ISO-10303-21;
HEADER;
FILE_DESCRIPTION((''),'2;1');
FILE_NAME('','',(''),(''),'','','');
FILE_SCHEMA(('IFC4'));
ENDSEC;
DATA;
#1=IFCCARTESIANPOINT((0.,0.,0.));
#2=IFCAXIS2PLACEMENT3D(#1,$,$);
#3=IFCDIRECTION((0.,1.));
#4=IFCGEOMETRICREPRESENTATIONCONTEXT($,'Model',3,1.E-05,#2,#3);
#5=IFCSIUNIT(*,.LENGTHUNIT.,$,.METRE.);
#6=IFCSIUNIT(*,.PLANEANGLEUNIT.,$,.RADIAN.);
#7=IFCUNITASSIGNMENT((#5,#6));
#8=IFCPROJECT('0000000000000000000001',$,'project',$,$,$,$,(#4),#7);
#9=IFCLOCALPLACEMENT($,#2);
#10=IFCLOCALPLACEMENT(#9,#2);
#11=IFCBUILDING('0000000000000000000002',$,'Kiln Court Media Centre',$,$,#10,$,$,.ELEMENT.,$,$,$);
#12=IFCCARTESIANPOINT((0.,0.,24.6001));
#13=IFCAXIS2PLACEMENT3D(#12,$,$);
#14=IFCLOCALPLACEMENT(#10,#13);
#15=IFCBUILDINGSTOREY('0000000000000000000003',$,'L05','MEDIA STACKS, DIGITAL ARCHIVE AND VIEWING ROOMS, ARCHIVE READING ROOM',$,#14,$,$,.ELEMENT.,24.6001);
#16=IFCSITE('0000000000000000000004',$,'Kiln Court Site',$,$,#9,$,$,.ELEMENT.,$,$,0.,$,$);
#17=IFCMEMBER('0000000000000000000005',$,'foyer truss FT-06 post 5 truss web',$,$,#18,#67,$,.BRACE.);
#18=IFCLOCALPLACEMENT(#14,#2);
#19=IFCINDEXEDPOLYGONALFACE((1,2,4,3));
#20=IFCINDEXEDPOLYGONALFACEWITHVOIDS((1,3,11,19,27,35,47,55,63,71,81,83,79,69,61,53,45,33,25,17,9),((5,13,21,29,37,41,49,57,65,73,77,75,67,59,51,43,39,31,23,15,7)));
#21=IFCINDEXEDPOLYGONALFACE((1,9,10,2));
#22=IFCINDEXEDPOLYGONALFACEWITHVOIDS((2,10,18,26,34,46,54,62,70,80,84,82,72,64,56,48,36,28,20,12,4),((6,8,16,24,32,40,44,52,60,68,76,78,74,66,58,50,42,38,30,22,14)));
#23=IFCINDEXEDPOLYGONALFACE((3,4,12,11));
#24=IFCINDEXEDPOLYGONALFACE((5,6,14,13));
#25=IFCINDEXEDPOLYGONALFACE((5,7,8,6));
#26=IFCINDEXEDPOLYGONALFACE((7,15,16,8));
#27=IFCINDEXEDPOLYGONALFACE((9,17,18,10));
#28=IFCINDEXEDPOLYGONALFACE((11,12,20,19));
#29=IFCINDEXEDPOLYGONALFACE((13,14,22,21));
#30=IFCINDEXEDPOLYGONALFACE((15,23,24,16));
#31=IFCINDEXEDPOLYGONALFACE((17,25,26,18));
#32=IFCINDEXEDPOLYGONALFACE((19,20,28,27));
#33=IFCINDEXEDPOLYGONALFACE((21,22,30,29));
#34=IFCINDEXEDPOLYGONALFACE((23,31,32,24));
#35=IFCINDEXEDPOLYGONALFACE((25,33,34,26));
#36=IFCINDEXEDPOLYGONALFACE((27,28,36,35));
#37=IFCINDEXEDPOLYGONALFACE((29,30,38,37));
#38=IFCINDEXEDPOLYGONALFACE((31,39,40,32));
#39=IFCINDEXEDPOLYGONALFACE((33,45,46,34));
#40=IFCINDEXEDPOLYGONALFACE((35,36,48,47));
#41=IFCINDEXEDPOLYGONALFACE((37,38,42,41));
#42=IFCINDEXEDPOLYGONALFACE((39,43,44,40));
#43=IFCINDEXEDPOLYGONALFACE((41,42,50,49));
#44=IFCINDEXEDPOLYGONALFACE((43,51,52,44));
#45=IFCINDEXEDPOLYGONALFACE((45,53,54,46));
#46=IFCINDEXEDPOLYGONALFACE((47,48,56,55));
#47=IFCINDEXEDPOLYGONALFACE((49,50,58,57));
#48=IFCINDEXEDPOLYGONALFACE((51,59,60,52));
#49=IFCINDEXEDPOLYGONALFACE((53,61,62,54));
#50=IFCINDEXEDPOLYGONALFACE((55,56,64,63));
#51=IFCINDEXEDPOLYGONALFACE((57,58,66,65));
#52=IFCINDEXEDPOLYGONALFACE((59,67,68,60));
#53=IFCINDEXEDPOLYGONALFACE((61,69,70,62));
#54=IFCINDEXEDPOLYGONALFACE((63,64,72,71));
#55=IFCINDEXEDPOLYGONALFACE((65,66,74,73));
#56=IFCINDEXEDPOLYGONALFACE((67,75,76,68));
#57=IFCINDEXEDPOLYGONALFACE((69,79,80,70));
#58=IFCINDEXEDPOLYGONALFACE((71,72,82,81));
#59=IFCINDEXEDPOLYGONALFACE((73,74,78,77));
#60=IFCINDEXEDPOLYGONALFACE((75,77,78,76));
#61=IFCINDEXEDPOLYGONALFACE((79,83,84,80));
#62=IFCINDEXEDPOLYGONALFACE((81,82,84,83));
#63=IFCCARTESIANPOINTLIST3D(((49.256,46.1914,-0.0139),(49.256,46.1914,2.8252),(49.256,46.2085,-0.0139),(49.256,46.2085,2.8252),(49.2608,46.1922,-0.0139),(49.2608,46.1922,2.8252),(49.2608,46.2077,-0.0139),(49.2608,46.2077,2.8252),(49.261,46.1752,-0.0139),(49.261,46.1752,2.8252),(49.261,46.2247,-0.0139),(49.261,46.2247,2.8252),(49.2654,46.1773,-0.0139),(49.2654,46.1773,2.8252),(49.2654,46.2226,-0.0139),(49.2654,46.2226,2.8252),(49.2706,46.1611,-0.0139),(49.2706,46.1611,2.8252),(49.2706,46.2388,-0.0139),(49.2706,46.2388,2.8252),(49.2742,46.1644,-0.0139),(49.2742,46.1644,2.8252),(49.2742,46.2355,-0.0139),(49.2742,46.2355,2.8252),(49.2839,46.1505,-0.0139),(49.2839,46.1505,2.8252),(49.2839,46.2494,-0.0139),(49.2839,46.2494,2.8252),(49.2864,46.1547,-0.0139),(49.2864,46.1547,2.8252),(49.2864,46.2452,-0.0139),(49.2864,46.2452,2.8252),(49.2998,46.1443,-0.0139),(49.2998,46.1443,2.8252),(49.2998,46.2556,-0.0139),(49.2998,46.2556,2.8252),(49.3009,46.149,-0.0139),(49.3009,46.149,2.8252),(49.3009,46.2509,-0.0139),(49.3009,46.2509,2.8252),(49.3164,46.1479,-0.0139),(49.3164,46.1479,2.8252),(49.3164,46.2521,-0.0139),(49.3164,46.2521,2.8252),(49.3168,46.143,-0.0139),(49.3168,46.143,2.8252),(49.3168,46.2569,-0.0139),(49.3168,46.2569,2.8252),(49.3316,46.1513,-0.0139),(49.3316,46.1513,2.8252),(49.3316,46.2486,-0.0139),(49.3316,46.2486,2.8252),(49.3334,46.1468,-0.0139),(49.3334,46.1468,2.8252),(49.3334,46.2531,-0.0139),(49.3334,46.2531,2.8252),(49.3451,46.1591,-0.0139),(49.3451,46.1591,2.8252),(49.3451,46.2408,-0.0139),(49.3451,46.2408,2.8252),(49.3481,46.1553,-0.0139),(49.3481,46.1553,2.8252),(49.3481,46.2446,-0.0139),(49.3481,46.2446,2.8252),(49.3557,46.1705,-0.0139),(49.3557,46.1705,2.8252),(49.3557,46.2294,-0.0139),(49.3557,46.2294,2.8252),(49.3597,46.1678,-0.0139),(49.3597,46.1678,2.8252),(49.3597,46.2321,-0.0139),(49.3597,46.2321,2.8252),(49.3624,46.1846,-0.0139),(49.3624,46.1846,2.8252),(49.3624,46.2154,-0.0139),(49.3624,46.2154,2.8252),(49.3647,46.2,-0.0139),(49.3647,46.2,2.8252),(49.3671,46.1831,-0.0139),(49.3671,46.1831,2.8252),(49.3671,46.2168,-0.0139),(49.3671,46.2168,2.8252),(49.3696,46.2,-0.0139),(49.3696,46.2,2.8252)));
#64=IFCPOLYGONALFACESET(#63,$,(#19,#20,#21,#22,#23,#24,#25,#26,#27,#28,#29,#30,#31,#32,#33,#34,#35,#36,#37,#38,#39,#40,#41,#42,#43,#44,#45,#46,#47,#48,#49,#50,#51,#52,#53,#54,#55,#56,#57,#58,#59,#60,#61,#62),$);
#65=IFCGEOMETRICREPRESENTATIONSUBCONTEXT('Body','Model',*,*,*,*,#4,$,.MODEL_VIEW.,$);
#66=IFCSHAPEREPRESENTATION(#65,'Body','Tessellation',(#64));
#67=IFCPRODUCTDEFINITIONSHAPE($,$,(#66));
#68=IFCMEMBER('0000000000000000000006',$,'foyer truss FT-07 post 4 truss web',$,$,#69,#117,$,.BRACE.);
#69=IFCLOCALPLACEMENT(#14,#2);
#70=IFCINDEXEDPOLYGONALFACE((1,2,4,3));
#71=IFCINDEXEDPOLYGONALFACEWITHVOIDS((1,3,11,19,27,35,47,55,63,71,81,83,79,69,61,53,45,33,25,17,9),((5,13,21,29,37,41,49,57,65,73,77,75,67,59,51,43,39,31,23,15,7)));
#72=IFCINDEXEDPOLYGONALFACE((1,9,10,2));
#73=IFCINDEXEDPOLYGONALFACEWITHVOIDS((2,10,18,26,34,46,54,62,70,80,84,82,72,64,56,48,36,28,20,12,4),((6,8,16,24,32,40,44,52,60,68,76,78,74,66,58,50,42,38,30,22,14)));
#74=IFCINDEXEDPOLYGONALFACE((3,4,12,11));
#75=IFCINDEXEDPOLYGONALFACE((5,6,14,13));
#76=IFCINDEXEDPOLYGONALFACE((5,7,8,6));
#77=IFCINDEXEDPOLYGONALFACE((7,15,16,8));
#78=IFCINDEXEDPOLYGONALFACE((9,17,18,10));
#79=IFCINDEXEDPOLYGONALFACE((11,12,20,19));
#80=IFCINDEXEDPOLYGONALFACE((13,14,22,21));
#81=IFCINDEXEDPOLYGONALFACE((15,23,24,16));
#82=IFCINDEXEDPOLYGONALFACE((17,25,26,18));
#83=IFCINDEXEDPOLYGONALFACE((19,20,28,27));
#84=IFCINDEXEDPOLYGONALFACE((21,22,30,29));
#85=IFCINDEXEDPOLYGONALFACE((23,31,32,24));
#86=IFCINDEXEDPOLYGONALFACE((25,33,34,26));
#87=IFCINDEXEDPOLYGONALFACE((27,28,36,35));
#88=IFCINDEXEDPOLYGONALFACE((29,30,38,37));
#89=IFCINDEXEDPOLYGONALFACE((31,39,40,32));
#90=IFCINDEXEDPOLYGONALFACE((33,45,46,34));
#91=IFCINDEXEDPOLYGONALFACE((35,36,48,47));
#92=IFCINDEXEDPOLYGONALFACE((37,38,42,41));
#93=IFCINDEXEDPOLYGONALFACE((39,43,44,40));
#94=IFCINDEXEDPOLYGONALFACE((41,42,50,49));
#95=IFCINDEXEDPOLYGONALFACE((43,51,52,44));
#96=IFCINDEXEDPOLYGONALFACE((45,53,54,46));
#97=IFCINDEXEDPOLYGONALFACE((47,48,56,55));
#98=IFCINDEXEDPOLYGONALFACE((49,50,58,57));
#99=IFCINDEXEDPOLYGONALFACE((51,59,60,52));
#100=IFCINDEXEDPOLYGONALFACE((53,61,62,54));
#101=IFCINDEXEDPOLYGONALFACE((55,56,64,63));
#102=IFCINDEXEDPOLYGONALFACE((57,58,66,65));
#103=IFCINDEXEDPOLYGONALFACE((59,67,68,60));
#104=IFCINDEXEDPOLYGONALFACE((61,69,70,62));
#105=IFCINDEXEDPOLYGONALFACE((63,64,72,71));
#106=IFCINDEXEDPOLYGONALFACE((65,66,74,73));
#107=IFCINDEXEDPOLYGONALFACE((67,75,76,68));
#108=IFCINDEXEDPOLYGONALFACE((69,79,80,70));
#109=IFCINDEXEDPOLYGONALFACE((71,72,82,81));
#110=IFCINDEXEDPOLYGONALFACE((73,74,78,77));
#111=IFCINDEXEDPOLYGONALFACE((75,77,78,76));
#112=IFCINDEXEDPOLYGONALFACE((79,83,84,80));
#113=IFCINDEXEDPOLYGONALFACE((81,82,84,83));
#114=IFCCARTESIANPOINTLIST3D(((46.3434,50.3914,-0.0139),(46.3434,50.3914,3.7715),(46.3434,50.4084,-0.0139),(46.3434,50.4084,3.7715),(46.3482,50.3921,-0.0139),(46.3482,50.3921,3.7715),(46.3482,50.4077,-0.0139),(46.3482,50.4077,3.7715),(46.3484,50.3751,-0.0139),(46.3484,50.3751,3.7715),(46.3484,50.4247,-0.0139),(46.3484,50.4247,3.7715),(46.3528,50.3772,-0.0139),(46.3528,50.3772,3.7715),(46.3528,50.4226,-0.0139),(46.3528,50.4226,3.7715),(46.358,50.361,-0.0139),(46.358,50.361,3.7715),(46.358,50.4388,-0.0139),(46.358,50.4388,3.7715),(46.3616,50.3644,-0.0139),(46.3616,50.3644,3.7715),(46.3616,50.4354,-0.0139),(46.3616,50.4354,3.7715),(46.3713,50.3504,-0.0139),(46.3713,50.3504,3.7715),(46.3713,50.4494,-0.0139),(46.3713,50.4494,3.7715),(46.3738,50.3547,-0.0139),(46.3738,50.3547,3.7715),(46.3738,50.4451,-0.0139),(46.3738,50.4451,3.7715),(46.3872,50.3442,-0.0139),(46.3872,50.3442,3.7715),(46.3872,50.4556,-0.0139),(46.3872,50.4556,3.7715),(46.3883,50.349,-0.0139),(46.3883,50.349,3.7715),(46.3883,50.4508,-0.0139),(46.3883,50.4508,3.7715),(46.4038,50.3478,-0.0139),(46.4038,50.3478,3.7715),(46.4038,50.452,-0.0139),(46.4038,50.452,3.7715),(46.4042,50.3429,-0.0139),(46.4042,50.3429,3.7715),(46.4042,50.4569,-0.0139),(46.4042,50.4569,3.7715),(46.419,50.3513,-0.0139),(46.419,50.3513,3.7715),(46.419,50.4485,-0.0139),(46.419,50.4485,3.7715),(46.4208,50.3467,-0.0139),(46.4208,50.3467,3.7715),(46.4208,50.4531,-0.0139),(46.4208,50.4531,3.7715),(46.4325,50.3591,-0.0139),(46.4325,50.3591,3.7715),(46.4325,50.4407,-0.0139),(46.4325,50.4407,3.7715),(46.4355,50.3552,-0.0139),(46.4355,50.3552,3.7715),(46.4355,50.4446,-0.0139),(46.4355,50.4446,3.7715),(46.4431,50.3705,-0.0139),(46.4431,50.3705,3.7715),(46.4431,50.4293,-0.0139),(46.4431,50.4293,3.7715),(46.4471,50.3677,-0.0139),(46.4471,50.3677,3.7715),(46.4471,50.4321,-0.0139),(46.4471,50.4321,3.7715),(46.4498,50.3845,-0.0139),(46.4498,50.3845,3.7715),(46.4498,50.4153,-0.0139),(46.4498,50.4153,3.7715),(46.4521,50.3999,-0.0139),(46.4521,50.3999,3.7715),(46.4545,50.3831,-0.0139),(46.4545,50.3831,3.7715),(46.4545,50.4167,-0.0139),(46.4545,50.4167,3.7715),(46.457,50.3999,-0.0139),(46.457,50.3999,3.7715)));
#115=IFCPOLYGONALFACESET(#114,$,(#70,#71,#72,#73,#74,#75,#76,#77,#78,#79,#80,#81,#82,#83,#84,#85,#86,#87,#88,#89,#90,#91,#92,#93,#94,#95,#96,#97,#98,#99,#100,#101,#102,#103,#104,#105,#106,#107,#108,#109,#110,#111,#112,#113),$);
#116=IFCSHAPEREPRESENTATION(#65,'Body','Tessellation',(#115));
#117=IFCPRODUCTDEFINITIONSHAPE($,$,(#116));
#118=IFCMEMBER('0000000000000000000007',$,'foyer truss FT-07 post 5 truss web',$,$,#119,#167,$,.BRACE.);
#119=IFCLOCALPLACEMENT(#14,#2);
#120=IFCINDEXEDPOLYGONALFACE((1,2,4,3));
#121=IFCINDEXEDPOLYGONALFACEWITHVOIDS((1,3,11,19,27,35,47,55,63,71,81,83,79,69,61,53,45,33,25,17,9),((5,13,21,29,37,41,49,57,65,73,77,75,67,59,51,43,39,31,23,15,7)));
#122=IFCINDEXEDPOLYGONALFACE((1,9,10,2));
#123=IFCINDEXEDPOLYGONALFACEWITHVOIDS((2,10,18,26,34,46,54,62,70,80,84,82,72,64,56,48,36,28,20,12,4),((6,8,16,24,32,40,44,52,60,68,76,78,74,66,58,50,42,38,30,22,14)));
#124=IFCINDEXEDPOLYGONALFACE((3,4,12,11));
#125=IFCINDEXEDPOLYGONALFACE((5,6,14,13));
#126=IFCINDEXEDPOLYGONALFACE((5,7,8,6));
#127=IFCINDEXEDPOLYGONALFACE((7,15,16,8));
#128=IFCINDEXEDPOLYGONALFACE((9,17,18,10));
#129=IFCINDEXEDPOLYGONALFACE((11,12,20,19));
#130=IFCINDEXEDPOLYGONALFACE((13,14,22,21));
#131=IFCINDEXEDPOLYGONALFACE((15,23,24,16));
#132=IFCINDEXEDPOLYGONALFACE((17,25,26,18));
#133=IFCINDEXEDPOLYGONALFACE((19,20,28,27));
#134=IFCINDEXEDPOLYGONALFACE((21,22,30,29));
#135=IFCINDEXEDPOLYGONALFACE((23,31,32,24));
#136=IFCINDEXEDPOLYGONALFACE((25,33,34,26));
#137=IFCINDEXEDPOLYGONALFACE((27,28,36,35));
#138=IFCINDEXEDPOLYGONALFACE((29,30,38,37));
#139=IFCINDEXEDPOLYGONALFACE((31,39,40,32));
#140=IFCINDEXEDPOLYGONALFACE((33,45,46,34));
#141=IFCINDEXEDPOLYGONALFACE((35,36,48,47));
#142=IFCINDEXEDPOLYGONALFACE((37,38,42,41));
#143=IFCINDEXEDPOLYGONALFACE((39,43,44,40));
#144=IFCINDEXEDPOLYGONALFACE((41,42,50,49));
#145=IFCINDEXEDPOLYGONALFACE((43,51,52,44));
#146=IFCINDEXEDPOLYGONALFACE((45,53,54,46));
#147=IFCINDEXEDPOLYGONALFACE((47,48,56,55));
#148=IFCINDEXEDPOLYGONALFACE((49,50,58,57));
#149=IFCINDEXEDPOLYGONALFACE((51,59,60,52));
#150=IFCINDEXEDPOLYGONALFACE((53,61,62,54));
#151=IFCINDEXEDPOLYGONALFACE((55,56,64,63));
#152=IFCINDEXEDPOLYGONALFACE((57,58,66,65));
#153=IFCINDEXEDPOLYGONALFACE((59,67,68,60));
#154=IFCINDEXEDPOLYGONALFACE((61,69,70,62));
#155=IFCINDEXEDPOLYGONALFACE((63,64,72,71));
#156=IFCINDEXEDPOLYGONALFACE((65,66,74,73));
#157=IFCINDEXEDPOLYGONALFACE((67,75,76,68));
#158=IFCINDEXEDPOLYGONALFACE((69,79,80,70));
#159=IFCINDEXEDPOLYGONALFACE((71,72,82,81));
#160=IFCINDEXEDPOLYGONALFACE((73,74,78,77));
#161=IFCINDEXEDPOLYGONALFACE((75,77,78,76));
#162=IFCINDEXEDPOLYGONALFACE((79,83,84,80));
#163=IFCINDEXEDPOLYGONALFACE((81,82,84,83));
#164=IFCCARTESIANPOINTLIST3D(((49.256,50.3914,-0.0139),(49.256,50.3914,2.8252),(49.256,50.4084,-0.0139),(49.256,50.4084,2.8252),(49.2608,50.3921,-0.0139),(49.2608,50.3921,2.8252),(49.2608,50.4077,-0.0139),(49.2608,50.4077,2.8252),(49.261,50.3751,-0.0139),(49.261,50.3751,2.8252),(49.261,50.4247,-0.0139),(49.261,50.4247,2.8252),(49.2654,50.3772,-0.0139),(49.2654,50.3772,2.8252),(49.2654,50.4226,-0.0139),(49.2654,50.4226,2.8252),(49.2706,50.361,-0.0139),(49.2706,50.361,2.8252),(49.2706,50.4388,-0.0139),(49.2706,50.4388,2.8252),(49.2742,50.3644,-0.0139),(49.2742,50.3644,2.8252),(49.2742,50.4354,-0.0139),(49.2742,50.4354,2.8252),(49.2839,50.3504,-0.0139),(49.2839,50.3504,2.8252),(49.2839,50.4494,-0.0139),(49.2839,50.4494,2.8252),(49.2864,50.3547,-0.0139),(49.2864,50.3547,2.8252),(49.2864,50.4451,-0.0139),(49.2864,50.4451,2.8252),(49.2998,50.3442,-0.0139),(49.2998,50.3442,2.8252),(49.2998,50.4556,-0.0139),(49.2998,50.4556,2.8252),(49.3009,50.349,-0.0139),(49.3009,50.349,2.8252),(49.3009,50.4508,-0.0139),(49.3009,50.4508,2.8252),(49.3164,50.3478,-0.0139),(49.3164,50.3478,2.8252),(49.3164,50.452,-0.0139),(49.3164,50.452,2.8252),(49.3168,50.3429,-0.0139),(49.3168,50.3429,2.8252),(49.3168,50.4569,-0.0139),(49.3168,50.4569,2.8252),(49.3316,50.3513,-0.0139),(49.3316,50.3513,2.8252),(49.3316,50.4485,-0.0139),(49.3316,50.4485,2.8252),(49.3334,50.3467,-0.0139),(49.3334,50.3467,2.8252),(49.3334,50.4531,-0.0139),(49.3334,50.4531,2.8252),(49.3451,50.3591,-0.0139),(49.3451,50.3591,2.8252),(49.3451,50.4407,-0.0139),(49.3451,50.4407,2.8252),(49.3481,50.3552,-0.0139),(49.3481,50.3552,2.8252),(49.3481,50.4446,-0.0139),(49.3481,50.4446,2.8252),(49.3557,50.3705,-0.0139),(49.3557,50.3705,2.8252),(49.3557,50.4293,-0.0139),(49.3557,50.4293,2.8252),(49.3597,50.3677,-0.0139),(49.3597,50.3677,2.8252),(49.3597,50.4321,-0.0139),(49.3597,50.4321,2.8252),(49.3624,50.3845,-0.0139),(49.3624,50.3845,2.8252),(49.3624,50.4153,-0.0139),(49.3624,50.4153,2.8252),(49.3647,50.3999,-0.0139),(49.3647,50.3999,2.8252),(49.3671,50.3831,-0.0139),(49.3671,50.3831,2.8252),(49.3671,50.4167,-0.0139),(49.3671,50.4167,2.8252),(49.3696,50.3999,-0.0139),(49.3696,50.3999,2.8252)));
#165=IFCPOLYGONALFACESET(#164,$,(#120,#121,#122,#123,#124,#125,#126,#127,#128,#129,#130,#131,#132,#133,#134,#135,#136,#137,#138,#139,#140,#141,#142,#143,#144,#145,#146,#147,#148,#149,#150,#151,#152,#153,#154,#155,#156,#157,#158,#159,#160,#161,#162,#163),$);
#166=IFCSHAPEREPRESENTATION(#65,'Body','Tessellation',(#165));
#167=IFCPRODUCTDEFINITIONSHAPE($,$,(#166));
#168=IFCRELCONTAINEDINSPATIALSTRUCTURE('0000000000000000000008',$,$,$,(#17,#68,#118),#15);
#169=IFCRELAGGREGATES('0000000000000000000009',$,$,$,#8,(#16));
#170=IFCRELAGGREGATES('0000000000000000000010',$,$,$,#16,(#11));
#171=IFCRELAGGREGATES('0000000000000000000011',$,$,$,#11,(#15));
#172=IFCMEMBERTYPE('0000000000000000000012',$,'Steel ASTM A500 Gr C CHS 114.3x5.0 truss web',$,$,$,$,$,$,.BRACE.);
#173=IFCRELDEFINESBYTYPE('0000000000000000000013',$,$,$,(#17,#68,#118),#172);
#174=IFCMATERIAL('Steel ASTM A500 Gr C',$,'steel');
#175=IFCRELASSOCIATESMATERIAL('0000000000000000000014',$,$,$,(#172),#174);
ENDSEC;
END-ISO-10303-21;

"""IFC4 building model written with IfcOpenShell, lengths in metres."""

from ifc_helpers import new_model, si_unit, direction, frame, origin, origin_2d, place, context, subcontext, project, spatial, hollow_circle, extrude, material, material_profile, profile_set, type_object, element, save


model = new_model("IFC4")

# Units and contexts
model_context = context("Model", 3, precision=1e-05, world=origin(), true_north=direction((0.0, 1.0)))
body_context = subcontext(model_context, "Body", "Model", "MODEL_VIEW")
ifc_project = project(units=[si_unit("LENGTHUNIT", "METRE"), si_unit("PLANEANGLEUNIT", "RADIAN")], contexts=[model_context])

# Site, building, storey
site_placement = place(None, origin())
site = spatial("IfcSite", under=ifc_project, at=site_placement, Name="Kiln Court Site", CompositionType="ELEMENT", RefElevation=0.0)
building_placement = place(site_placement, origin())
building = spatial("IfcBuilding", under=site, at=building_placement, Name="Kiln Court Media Centre", CompositionType="ELEMENT")
storey_placement = place(building_placement, frame((0.0, 0.0, 24.6001)))
storey = spatial("IfcBuildingStorey", under=building, at=storey_placement, Name="L05", Description="MEDIA STACKS, DIGITAL ARCHIVE AND VIEWING ROOMS, ARCHIVE READING ROOM", CompositionType="ELEMENT", Elevation=24.6001)

# Members
ifc_material_1 = material(Name="Steel ASTM A500 Gr C", Category="steel")
ifc_material_profile_1 = material_profile(ifc_material_1, hollow_circle(Radius=0.0571, WallThickness=0.0049, at=origin_2d()), Name="CHS 114.3x5.0")
ifc_profile_set_1 = profile_set([ifc_material_profile_1], Name="Steel ASTM A500 Gr C")
member_type_1 = type_object("IfcMemberType", Name="Steel ASTM A500 Gr C CHS 114.3x5.0 truss web", PredefinedType="BRACE", material=ifc_profile_set_1)
member_1_placement = place(storey_placement, frame((49.3125, 46.2, -0.0139), z_axis=(0.0, 0.0, 1.0), x_axis=(1.0, 0.0, 0.0)))
element("IfcMember", 1, at=member_1_placement, inside=storey, type_object=member_type_1, Name="foyer truss FT-06 post 5 truss web", PredefinedType="BRACE", context=body_context, shape_type="SweptSolid", body=[
    extrude(hollow_circle(Radius=0.0571, WallThickness=0.0049, at=origin_2d()), origin(), (0.0, 0.0, 1.0), 2.8391),
])
member_2_placement = place(storey_placement, frame((46.3999, 50.3999, -0.0139), z_axis=(0.0, 0.0, 1.0), x_axis=(1.0, 0.0, 0.0)))
element("IfcMember", 2, at=member_2_placement, inside=storey, type_object=member_type_1, Name="foyer truss FT-07 post 4 truss web", PredefinedType="BRACE", context=body_context, shape_type="SweptSolid", body=[
    extrude(hollow_circle(Radius=0.0571, WallThickness=0.0049, at=origin_2d()), origin(), (0.0, 0.0, 1.0), 3.7854),
])
member_3_placement = place(storey_placement, frame((49.3125, 50.3999, -0.0139), z_axis=(0.0, 0.0, 1.0), x_axis=(1.0, 0.0, 0.0)))
element("IfcMember", 3, at=member_3_placement, inside=storey, type_object=member_type_1, Name="foyer truss FT-07 post 5 truss web", PredefinedType="BRACE", context=body_context, shape_type="SweptSolid", body=[
    extrude(hollow_circle(Radius=0.0571, WallThickness=0.0049, at=origin_2d()), origin(), (0.0, 0.0, 1.0), 2.8391),
])

save(model, "model.ifc")
